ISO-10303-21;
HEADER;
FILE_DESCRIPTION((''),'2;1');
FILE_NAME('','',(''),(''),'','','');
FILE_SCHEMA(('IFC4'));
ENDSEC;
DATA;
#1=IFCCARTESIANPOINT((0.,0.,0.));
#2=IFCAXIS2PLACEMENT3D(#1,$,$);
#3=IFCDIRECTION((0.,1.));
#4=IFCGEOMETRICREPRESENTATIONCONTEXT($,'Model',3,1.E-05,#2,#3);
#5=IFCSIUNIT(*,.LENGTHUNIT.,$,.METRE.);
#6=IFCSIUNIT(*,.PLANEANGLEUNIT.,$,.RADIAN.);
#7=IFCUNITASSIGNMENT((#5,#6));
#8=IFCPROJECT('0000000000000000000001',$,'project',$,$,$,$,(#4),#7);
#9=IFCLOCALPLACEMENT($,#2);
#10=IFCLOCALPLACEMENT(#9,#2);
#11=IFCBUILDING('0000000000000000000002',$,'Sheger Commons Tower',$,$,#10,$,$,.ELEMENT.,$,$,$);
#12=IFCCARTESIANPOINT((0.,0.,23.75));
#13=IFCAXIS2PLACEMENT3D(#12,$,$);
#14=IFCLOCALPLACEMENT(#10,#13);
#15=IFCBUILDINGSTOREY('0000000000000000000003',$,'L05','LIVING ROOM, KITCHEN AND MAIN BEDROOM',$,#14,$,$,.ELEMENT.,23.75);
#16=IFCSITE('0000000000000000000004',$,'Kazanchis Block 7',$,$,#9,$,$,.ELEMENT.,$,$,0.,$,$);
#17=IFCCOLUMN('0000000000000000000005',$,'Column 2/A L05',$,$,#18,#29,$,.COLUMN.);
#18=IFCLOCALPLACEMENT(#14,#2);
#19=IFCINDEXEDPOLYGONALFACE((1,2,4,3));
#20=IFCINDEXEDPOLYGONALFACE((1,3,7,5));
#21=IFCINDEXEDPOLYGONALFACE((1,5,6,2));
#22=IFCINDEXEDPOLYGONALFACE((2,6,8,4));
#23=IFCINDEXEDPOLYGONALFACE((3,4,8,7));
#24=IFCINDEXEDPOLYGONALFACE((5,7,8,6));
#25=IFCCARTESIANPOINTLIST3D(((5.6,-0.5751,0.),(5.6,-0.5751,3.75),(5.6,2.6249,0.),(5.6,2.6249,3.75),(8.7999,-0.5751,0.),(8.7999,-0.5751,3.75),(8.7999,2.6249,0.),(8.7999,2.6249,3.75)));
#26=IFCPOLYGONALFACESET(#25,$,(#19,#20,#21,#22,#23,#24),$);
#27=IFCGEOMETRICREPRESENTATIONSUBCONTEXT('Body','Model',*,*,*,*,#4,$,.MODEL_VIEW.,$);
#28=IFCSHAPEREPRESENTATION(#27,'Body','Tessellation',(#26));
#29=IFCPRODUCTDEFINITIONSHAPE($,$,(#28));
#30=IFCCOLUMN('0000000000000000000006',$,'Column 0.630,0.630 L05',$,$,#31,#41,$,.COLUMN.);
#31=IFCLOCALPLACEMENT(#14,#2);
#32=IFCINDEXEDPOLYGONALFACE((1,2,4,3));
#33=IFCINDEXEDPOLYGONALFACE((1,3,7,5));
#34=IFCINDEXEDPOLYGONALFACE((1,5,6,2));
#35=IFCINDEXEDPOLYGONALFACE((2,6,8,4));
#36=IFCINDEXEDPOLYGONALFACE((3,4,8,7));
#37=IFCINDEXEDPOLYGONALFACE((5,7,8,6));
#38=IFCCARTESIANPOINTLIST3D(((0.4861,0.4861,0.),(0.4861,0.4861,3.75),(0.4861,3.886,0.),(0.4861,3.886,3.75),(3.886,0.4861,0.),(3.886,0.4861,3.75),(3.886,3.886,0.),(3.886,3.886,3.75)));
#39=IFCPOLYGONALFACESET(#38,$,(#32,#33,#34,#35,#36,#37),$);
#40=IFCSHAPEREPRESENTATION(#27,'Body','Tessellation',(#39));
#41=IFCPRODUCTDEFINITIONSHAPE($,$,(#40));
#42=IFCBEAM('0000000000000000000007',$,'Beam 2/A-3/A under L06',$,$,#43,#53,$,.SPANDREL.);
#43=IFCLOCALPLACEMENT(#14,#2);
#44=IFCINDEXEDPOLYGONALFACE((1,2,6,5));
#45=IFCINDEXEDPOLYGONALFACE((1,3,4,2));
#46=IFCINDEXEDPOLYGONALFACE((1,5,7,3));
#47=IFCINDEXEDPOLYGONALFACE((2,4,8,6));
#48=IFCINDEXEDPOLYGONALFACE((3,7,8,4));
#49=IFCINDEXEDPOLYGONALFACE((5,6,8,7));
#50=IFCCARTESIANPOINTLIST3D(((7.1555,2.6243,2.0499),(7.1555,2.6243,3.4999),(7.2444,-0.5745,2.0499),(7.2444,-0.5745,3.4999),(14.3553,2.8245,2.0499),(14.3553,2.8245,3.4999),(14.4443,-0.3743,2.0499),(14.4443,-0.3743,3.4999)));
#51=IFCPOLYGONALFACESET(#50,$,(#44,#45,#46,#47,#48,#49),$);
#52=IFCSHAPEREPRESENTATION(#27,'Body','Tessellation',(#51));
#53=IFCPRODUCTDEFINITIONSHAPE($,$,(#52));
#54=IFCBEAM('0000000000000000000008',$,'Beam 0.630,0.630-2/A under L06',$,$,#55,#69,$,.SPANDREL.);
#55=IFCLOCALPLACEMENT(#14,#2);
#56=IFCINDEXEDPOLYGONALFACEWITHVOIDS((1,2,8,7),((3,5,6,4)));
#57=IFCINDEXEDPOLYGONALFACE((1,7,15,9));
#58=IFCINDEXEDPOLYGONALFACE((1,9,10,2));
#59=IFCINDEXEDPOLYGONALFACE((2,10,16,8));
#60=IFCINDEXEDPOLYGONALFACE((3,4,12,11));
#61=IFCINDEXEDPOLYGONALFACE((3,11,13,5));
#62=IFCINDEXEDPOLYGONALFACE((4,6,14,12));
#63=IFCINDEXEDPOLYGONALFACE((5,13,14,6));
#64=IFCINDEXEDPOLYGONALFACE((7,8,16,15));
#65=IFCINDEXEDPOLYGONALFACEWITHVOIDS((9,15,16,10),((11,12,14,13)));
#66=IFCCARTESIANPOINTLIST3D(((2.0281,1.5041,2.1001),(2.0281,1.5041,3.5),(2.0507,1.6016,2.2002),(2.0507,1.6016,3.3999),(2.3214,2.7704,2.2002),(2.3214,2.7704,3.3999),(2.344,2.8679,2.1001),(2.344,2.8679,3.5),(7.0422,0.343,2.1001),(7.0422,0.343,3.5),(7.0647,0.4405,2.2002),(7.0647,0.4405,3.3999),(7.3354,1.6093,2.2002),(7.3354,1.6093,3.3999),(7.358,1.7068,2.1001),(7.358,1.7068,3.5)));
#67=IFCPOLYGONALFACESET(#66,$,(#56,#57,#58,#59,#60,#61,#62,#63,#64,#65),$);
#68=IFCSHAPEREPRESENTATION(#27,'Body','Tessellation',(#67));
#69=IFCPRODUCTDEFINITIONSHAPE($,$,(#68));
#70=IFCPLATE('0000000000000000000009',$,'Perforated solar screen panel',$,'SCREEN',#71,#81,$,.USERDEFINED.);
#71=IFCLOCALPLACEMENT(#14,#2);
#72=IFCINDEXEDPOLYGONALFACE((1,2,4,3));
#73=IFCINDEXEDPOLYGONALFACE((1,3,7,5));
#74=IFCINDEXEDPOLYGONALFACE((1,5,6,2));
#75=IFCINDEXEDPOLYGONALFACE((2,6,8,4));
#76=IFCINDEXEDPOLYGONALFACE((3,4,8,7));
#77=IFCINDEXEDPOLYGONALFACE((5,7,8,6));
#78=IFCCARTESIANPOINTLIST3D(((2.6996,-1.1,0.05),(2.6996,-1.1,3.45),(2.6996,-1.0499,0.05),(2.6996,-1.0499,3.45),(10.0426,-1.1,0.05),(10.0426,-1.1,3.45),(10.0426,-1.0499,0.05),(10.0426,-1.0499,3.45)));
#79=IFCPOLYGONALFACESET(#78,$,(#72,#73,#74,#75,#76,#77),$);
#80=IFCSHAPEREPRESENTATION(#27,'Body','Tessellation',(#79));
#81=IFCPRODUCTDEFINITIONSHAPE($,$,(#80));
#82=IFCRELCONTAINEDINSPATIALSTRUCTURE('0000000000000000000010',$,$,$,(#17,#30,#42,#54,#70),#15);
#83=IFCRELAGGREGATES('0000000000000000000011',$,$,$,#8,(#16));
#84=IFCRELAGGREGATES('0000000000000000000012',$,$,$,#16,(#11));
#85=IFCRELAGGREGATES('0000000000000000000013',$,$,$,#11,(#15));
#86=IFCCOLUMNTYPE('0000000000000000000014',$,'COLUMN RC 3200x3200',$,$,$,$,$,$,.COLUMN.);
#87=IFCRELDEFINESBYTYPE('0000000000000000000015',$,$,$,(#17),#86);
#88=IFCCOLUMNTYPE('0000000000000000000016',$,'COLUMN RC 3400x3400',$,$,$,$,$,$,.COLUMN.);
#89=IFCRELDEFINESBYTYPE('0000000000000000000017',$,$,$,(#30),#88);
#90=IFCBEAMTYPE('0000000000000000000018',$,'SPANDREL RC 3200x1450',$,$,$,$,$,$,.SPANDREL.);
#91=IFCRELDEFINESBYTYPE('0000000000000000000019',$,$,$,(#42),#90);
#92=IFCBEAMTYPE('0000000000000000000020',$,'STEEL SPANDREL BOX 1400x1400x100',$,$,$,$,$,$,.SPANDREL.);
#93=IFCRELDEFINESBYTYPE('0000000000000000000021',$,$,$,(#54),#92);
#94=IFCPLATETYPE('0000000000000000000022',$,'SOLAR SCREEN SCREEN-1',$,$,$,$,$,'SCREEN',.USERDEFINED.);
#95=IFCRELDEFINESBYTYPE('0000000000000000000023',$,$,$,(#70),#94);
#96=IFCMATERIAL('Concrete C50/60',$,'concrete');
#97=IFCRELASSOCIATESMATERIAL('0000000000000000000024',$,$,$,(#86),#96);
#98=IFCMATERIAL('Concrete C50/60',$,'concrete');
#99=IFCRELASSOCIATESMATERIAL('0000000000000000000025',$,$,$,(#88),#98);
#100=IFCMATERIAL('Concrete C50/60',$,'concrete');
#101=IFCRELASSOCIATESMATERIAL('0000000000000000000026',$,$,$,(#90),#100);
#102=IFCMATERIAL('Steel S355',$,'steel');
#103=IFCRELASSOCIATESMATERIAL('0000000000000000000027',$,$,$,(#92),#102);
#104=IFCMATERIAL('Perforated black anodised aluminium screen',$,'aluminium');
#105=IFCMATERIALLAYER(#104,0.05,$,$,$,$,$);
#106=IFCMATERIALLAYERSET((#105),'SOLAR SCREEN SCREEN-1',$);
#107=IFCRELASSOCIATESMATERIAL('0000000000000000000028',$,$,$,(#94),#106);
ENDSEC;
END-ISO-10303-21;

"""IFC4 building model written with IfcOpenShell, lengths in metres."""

from ifc_helpers import new_model, si_unit, direction, frame, origin, origin_2d, place, context, subcontext, project, spatial, rectangle, hollow_rectangle, extrude, material, layer, layer_set, material_profile, profile_set, type_object, element, save


model = new_model("IFC4")

# Units and contexts
model_context = context("Model", 3, precision=1e-05, world=origin(), true_north=direction((0.0, 1.0)))
body_context = subcontext(model_context, "Body", "Model", "MODEL_VIEW")
ifc_project = project(units=[si_unit("LENGTHUNIT", "METRE"), si_unit("PLANEANGLEUNIT", "RADIAN")], contexts=[model_context])

# Site, building, storey
site_placement = place(None, origin())
site = spatial("IfcSite", under=ifc_project, at=site_placement, Name="Kazanchis Block 7", CompositionType="ELEMENT", RefElevation=0.0)
building_placement = place(site_placement, origin())
building = spatial("IfcBuilding", under=site, at=building_placement, Name="Sheger Commons Tower", CompositionType="ELEMENT")
storey_placement = place(building_placement, frame((0.0, 0.0, 23.75)))
storey = spatial("IfcBuildingStorey", under=building, at=storey_placement, Name="L05", Description="LIVING ROOM, KITCHEN AND MAIN BEDROOM", CompositionType="ELEMENT", Elevation=23.75)

# Columns
ifc_material_1 = material(Name="Concrete C50/60", Category="concrete")
ifc_material_profile_1 = material_profile(ifc_material_1, rectangle(XDim=3.2, YDim=3.2, at=origin_2d()), Name="RC 3200x3200")
ifc_profile_set_1 = profile_set([ifc_material_profile_1], Name="Concrete C50/60")
column_type_1 = type_object("IfcColumnType", Name="COLUMN RC 3200x3200", PredefinedType="COLUMN", material=ifc_profile_set_1)
column_1_placement = place(storey_placement, frame((7.2, 1.0249, 0.0), z_axis=(0.0, 0.0, 1.0), x_axis=(1.0, 0.0, 0.0)))
element("IfcColumn", 1, at=column_1_placement, inside=storey, type_object=column_type_1, Name="Column 2/A L05", PredefinedType="COLUMN", context=body_context, shape_type="SweptSolid", body=[
    extrude(rectangle(XDim=3.2, YDim=3.2, at=origin_2d()), origin(), (0.0, 0.0, 1.0), 3.75),
])
ifc_material_2 = material(Name="Concrete C50/60", Category="concrete")
ifc_material_profile_2 = material_profile(ifc_material_2, rectangle(XDim=3.3999, YDim=3.3999, at=origin_2d()), Name="RC 3400x3400")
ifc_profile_set_2 = profile_set([ifc_material_profile_2], Name="Concrete C50/60")
column_type_2 = type_object("IfcColumnType", Name="COLUMN RC 3400x3400", PredefinedType="COLUMN", material=ifc_profile_set_2)
column_2_placement = place(storey_placement, frame((2.186, 2.186, 0.0), z_axis=(0.0, 0.0, 1.0), x_axis=(1.0, 0.0, 0.0)))
element("IfcColumn", 2, at=column_2_placement, inside=storey, type_object=column_type_2, Name="Column 0.630,0.630 L05", PredefinedType="COLUMN", context=body_context, shape_type="SweptSolid", body=[
    extrude(rectangle(XDim=3.3999, YDim=3.3999, at=origin_2d()), origin(), (0.0, 0.0, 1.0), 3.75),
])

# Beams
ifc_material_3 = material(Name="Concrete C50/60", Category="concrete")
ifc_material_profile_3 = material_profile(ifc_material_3, rectangle(XDim=3.2, YDim=1.45, at=origin_2d()), Name="RC 3200x1450")
ifc_profile_set_3 = profile_set([ifc_material_profile_3], Name="Concrete C50/60")
beam_type_1 = type_object("IfcBeamType", Name="SPANDREL RC 3200x1450", PredefinedType="SPANDREL", material=ifc_profile_set_3)
beam_1_placement = place(storey_placement, frame((7.2, 1.0249, 2.7749), z_axis=(0.999614, 0.027794, 0.0), x_axis=(-0.027794, 0.999614, 0.0)))
element("IfcBeam", 3, at=beam_1_placement, inside=storey, type_object=beam_type_1, Name="Beam 2/A-3/A under L06", PredefinedType="SPANDREL", context=body_context, shape_type="SweptSolid", body=[
    extrude(rectangle(XDim=3.2, YDim=1.45, at=origin_2d()), origin(), (0.0, 0.0, 1.0), 7.2026),
])
ifc_material_4 = material(Name="Steel S355", Category="steel")
ifc_material_profile_4 = material_profile(ifc_material_4, hollow_rectangle(XDim=1.3999, YDim=1.3999, WallThickness=0.1001, at=origin_2d()), Name="BOX 1400x1400x100")
ifc_profile_set_4 = profile_set([ifc_material_profile_4], Name="Steel S355")
beam_type_2 = type_object("IfcBeamType", Name="STEEL SPANDREL BOX 1400x1400x100", PredefinedType="SPANDREL", material=ifc_profile_set_4)
beam_2_placement = place(storey_placement, frame((2.186, 2.186, 2.8), z_axis=(0.974217, -0.225611, 0.0), x_axis=(0.225611, 0.974217, 0.0)))
element("IfcBeam", 4, at=beam_2_placement, inside=storey, type_object=beam_type_2, Name="Beam 0.630,0.630-2/A under L06", PredefinedType="SPANDREL", context=body_context, shape_type="SweptSolid", body=[
    extrude(hollow_rectangle(XDim=1.3999, YDim=1.3999, WallThickness=0.1001, at=origin_2d()), origin(), (0.0, 0.0, 1.0), 5.1467),
])

# Plate
ifc_material_5 = material(Name="Perforated black anodised aluminium screen", Category="aluminium")
ifc_layer_1 = layer(ifc_material_5, 0.05)
ifc_layer_set_1 = layer_set([ifc_layer_1], Name="SOLAR SCREEN SCREEN-1")
plate_type = type_object("IfcPlateType", Name="SOLAR SCREEN SCREEN-1", ElementType="SCREEN", PredefinedType="USERDEFINED", material=ifc_layer_set_1)
plate_placement = place(storey_placement, frame((6.3711, -1.075, 0.05), z_axis=(0.0, 0.0, 1.0), x_axis=(1.0, 0.0, 0.0)))
element("IfcPlate", 5, at=plate_placement, inside=storey, type_object=plate_type, Name="Perforated solar screen panel", ObjectType="SCREEN", PredefinedType="USERDEFINED", context=body_context, shape_type="SweptSolid", body=[
    extrude(rectangle(XDim=7.343, YDim=0.05, at=origin_2d()), origin(), (0.0, 0.0, 1.0), 3.3999),
])

save(model, "model.ifc")
